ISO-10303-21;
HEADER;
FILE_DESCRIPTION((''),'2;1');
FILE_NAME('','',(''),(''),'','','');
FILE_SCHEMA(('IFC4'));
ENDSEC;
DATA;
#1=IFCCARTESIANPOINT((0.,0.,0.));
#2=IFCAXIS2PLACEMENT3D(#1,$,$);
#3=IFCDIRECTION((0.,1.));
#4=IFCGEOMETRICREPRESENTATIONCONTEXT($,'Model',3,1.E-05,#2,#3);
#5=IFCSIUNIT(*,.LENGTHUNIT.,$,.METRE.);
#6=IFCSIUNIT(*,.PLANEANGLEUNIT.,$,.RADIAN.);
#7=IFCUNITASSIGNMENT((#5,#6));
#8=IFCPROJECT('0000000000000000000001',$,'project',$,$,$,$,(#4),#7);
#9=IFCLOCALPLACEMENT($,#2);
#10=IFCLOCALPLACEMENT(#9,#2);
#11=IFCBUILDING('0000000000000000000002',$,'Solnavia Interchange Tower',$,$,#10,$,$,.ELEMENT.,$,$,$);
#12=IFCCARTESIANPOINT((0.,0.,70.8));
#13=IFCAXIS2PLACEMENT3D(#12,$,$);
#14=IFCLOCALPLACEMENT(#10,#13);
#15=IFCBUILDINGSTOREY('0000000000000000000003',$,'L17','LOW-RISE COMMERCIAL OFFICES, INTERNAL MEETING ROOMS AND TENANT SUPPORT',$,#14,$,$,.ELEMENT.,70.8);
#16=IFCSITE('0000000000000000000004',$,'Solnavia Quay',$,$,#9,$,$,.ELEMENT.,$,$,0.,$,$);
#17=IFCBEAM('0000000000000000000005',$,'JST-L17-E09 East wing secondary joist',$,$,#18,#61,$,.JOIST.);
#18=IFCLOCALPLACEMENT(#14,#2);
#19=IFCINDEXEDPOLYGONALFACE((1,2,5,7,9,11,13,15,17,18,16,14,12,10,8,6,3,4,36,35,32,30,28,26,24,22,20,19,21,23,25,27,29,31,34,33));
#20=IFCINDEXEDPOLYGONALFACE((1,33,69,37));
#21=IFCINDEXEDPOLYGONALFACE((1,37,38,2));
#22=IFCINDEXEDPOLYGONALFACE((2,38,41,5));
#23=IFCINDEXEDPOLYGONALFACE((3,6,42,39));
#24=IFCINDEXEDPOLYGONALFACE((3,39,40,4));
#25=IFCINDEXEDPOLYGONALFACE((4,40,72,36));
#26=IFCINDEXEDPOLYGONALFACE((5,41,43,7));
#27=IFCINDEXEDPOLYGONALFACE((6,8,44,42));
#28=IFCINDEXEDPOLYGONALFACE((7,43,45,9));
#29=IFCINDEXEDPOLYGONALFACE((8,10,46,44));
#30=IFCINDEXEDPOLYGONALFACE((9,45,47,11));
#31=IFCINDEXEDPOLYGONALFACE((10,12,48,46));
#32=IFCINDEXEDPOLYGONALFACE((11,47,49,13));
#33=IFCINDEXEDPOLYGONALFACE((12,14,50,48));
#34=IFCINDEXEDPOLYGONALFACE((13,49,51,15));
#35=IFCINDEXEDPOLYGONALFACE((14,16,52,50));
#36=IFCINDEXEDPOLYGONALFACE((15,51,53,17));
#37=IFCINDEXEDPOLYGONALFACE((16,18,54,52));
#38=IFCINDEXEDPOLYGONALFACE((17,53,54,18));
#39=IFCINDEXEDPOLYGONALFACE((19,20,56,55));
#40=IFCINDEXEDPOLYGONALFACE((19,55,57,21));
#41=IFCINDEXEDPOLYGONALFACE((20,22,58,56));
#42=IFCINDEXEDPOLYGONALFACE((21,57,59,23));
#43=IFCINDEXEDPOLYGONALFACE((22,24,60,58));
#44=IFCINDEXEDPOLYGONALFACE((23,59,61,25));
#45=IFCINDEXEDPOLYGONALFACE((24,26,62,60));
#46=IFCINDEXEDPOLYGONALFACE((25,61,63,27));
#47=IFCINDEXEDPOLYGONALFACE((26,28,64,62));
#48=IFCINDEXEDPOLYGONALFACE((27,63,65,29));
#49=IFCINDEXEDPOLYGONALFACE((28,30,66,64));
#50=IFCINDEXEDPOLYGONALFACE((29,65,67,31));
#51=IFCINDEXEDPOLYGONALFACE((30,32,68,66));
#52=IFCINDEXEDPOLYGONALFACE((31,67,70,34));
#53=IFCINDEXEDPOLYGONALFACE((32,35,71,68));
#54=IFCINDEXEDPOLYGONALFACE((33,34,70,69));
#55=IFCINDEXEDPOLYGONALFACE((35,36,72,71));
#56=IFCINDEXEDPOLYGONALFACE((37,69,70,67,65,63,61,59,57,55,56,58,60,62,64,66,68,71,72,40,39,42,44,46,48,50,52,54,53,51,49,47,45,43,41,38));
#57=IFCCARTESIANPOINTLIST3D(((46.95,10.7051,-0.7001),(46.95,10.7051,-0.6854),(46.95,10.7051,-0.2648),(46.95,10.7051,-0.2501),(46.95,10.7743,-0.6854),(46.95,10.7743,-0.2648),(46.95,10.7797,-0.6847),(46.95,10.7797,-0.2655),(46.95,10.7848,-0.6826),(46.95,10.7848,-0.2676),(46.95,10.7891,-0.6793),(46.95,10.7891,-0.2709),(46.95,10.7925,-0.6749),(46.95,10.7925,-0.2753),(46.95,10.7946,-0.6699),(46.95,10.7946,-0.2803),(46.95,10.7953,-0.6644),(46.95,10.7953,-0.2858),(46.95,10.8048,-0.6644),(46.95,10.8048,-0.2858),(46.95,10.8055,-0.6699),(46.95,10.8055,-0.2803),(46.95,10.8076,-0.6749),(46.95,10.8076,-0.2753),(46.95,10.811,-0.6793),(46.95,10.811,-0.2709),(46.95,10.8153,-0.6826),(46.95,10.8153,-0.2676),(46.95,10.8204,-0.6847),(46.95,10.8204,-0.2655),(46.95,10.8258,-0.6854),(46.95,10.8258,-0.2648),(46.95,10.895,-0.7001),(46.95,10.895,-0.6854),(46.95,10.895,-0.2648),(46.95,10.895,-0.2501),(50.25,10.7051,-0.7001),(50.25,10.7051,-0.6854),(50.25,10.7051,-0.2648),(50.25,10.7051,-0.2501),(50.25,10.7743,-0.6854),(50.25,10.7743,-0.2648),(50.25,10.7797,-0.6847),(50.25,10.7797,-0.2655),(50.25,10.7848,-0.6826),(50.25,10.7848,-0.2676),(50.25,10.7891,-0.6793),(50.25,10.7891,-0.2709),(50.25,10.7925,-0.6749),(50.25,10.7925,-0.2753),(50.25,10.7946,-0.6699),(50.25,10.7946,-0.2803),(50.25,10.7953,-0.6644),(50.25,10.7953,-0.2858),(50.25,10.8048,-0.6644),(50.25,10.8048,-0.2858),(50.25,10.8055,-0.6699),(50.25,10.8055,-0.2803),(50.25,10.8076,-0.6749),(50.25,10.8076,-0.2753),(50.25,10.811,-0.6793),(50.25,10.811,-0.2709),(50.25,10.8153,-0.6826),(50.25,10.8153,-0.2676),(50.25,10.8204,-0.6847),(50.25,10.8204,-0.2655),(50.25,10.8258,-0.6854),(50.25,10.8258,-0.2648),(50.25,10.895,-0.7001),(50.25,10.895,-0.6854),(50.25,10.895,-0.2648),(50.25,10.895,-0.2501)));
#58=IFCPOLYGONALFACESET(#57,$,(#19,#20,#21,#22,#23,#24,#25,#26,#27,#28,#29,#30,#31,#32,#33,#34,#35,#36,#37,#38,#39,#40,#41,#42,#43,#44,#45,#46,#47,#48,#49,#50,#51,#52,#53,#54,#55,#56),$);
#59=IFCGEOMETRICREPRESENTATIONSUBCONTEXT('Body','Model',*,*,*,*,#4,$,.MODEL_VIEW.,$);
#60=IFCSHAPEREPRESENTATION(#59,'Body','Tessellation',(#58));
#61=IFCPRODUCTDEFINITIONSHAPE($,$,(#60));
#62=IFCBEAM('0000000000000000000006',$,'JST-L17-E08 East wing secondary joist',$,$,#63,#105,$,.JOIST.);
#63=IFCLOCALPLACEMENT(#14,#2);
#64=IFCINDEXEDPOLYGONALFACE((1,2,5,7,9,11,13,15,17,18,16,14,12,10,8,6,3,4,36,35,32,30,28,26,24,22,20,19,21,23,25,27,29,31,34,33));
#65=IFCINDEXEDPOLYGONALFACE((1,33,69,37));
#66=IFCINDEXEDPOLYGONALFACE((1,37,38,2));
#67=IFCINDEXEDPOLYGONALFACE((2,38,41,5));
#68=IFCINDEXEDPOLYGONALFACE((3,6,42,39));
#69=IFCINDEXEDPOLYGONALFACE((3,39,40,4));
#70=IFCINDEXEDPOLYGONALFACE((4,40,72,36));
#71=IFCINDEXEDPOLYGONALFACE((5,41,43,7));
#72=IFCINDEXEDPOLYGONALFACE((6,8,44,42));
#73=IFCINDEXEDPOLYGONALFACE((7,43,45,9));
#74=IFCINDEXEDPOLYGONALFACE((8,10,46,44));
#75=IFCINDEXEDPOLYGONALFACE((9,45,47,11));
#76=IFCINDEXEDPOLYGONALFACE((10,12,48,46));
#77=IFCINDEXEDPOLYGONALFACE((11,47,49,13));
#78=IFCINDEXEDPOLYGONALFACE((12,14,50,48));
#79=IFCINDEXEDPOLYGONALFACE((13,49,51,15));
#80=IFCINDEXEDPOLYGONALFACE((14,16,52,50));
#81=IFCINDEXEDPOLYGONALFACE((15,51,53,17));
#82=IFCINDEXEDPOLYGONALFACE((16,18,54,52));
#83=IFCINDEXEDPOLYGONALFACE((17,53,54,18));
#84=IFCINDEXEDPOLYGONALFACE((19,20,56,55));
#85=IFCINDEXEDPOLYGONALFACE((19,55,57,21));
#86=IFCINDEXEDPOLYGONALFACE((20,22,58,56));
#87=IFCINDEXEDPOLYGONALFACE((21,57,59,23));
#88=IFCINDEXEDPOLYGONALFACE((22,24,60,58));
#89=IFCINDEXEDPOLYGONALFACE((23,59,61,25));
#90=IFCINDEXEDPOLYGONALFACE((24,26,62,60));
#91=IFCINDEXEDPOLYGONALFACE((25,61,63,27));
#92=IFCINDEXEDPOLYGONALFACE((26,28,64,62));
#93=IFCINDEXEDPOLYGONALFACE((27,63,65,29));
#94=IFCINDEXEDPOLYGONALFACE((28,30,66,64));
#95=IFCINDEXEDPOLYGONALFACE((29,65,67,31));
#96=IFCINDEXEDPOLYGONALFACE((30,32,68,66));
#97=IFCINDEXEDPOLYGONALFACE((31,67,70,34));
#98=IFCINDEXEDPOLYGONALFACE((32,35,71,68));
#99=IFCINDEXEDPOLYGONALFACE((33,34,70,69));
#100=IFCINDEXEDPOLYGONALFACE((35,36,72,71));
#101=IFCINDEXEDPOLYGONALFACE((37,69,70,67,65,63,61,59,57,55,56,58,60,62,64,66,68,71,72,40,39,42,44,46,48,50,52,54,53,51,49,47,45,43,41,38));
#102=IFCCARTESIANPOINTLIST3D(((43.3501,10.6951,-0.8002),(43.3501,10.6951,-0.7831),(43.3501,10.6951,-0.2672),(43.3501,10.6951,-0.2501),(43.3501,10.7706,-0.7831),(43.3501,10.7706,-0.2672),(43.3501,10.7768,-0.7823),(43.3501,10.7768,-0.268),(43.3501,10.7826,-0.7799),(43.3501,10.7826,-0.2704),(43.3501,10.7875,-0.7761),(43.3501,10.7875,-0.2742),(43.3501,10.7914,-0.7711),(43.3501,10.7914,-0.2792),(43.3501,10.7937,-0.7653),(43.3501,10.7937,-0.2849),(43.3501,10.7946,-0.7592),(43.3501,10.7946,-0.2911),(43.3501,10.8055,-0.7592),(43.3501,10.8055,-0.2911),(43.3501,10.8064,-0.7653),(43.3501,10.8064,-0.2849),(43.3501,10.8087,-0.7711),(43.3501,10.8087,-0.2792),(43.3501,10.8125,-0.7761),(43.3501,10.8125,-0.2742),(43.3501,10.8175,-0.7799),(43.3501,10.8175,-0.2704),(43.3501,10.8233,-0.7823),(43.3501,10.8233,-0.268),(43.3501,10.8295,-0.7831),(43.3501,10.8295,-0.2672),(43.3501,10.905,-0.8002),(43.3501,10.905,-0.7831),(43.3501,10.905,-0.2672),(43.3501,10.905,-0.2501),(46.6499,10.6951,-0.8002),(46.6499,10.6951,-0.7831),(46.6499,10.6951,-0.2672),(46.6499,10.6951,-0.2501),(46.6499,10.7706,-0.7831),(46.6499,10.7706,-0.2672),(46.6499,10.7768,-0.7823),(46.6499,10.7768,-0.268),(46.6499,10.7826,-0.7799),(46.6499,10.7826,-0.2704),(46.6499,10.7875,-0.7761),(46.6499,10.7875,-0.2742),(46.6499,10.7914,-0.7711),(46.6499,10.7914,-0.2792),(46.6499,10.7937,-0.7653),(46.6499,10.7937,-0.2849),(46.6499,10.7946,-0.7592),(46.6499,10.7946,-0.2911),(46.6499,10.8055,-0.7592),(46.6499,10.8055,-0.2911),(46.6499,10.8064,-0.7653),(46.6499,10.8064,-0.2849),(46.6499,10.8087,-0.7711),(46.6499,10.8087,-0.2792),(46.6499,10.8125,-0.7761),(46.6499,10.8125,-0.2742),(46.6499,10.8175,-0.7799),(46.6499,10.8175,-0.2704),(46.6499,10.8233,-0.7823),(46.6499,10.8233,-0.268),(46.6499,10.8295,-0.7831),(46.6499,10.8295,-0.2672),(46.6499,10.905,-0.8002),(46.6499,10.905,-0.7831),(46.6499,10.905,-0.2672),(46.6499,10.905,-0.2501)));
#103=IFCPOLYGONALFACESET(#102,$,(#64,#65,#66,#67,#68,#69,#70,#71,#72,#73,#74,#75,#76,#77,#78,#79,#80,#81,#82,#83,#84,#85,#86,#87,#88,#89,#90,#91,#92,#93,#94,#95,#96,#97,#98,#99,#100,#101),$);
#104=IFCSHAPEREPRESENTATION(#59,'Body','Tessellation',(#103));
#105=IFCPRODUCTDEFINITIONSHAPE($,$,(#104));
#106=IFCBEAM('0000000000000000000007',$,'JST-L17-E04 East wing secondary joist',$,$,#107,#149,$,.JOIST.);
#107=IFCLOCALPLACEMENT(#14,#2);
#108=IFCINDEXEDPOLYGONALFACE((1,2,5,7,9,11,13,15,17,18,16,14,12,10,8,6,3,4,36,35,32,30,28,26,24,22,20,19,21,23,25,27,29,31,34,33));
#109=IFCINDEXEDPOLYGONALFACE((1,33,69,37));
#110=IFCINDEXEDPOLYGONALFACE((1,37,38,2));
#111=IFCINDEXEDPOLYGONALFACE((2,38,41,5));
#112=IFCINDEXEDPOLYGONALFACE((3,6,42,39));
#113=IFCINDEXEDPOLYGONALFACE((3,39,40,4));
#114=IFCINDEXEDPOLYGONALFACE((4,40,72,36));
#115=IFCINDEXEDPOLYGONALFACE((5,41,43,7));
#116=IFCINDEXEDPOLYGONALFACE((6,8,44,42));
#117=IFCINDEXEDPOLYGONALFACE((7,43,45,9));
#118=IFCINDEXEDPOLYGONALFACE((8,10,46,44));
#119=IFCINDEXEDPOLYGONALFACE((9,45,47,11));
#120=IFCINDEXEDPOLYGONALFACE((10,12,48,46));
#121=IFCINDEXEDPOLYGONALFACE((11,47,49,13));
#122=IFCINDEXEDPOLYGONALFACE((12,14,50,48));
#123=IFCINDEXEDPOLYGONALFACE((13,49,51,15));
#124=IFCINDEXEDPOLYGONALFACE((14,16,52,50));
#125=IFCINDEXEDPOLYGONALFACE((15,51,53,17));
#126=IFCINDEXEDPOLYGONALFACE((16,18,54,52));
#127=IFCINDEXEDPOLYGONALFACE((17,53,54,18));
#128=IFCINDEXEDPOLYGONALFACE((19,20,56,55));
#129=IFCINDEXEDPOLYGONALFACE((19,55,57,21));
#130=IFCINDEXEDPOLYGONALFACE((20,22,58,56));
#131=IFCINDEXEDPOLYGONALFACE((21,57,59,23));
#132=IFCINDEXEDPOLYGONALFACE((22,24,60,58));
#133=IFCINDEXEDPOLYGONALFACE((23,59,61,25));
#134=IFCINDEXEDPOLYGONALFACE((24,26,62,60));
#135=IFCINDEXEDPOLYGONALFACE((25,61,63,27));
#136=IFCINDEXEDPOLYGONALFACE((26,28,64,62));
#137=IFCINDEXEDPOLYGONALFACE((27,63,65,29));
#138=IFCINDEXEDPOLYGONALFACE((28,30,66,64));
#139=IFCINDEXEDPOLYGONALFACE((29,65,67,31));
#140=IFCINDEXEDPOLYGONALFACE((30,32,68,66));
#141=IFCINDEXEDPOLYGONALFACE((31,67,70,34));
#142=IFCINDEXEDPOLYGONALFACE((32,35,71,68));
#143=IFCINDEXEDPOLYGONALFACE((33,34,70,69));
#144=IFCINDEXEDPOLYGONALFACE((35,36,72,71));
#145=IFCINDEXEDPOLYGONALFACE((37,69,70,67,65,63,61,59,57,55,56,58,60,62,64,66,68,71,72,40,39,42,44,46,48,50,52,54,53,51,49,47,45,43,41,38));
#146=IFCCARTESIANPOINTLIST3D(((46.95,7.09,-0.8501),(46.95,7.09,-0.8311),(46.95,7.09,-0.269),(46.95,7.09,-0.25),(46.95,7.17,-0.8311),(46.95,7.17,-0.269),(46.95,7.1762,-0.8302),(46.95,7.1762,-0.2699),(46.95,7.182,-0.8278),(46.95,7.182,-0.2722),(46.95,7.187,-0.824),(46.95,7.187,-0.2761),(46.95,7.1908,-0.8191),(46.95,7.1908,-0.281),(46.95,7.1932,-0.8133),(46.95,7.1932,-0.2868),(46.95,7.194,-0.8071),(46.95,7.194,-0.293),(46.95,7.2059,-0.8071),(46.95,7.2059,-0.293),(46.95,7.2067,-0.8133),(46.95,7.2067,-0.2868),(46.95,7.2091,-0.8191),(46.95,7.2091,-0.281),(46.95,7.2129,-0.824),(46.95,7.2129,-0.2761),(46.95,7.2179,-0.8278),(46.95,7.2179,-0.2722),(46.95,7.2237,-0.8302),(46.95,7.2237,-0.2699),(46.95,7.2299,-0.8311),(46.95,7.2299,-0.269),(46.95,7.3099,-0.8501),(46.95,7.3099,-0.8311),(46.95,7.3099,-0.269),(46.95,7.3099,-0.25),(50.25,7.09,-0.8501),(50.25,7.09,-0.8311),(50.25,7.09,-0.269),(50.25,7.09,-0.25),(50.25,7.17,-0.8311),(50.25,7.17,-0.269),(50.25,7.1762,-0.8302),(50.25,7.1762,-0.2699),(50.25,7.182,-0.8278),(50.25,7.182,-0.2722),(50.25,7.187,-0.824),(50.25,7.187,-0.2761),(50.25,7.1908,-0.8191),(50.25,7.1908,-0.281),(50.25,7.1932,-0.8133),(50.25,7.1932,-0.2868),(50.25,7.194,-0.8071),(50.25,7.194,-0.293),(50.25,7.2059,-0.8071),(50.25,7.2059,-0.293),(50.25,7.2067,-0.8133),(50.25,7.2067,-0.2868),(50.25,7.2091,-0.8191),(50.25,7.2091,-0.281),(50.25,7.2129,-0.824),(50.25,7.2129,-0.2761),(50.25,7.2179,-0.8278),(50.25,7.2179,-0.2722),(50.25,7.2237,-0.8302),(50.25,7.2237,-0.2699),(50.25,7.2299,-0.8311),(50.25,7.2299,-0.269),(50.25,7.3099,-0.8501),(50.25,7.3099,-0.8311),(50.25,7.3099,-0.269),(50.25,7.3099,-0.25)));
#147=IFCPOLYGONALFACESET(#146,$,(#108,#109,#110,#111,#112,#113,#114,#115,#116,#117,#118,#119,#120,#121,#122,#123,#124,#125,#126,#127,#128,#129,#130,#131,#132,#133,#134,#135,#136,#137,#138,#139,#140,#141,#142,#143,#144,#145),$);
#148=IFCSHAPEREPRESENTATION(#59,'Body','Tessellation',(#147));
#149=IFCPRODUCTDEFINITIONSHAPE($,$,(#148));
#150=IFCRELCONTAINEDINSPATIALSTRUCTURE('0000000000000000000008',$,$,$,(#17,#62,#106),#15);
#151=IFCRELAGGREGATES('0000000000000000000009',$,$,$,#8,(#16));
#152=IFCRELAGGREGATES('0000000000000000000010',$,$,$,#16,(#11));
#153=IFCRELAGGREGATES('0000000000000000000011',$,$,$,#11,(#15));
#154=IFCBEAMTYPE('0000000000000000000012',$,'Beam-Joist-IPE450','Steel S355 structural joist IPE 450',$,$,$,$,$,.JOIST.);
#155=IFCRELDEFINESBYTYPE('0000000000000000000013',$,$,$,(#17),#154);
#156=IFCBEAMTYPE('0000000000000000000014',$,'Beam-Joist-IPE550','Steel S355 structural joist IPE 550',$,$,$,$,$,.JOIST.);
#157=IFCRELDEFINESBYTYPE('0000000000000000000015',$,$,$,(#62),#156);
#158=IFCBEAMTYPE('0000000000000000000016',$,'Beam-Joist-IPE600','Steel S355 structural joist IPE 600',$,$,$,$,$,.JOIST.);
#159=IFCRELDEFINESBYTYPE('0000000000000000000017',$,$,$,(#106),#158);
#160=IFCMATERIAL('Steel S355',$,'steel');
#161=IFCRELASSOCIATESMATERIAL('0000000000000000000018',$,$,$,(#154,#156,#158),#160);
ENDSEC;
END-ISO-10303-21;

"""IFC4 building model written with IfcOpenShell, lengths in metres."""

from ifc_helpers import new_model, si_unit, direction, frame, origin, origin_2d, place, context, subcontext, project, spatial, i_section, extrude, material, material_profile, profile_set, type_object, element, save


model = new_model("IFC4")

# Units and contexts
model_context = context("Model", 3, precision=1e-05, world=origin(), true_north=direction((0.0, 1.0)))
body_context = subcontext(model_context, "Body", "Model", "MODEL_VIEW")
ifc_project = project(units=[si_unit("LENGTHUNIT", "METRE"), si_unit("PLANEANGLEUNIT", "RADIAN")], contexts=[model_context])

# Site, building, storey
site_placement = place(None, origin())
site = spatial("IfcSite", under=ifc_project, at=site_placement, Name="Solnavia Quay", CompositionType="ELEMENT", RefElevation=0.0)
building_placement = place(site_placement, origin())
building = spatial("IfcBuilding", under=site, at=building_placement, Name="Solnavia Interchange Tower", CompositionType="ELEMENT")
storey_placement = place(building_placement, frame((0.0, 0.0, 70.8)))
storey = spatial("IfcBuildingStorey", under=building, at=storey_placement, Name="L17", Description="LOW-RISE COMMERCIAL OFFICES, INTERNAL MEETING ROOMS AND TENANT SUPPORT", CompositionType="ELEMENT", Elevation=70.8)

# Shared definitions
ifc_material_1 = material(Name="Steel S355", Category="steel")

# Beams
ifc_material_profile_1 = material_profile(ifc_material_1, i_section(OverallWidth=0.1899, OverallDepth=0.45, WebThickness=0.0095, FlangeThickness=0.0146, FilletRadius=0.021, at=origin_2d()), Name="IPE 450")
ifc_profile_set_1 = profile_set([ifc_material_profile_1], Name="Steel S355")
beam_type_1 = type_object("IfcBeamType", Name="Beam-Joist-IPE450", Description="Steel S355 structural joist IPE 450", PredefinedType="JOIST", material=ifc_profile_set_1)
beam_1_placement = place(storey_placement, frame((46.95, 10.8, -0.4751), z_axis=(1.0, 0.0, 0.0), x_axis=(0.0, 1.0, 0.0)))
element("IfcBeam", 1, at=beam_1_placement, inside=storey, type_object=beam_type_1, Name="JST-L17-E09 East wing secondary joist", PredefinedType="JOIST", context=body_context, shape_type="SweptSolid", body=[
    extrude(i_section(OverallWidth=0.1899, OverallDepth=0.45, WebThickness=0.0095, FlangeThickness=0.0146, FilletRadius=0.021, at=origin_2d()), origin(), (0.0, 0.0, 1.0), 3.3),
])
ifc_material_profile_2 = material_profile(ifc_material_1, i_section(OverallWidth=0.21, OverallDepth=0.55, WebThickness=0.011, FlangeThickness=0.0171, FilletRadius=0.0239, at=origin_2d()), Name="IPE 550")
ifc_profile_set_2 = profile_set([ifc_material_profile_2], Name="Steel S355")
beam_type_2 = type_object("IfcBeamType", Name="Beam-Joist-IPE550", Description="Steel S355 structural joist IPE 550", PredefinedType="JOIST", material=ifc_profile_set_2)
beam_2_placement = place(storey_placement, frame((43.3501, 10.8, -0.5251), z_axis=(1.0, 0.0, 0.0), x_axis=(0.0, 1.0, 0.0)))
element("IfcBeam", 2, at=beam_2_placement, inside=storey, type_object=beam_type_2, Name="JST-L17-E08 East wing secondary joist", PredefinedType="JOIST", context=body_context, shape_type="SweptSolid", body=[
    extrude(i_section(OverallWidth=0.21, OverallDepth=0.55, WebThickness=0.011, FlangeThickness=0.0171, FilletRadius=0.0239, at=origin_2d()), origin(), (0.0, 0.0, 1.0), 3.2998),
])
ifc_material_profile_3 = material_profile(ifc_material_1, i_section(OverallWidth=0.22, OverallDepth=0.6001, WebThickness=0.012, FlangeThickness=0.019, FilletRadius=0.0239, at=origin_2d()), Name="IPE 600")
ifc_profile_set_3 = profile_set([ifc_material_profile_3], Name="Steel S355")
beam_type_3 = type_object("IfcBeamType", Name="Beam-Joist-IPE600", Description="Steel S355 structural joist IPE 600", PredefinedType="JOIST", material=ifc_profile_set_3)
beam_3_placement = place(storey_placement, frame((46.95, 7.2, -0.55), z_axis=(1.0, 0.0, 0.0), x_axis=(0.0, 1.0, 0.0)))
element("IfcBeam", 3, at=beam_3_placement, inside=storey, type_object=beam_type_3, Name="JST-L17-E04 East wing secondary joist", PredefinedType="JOIST", context=body_context, shape_type="SweptSolid", body=[
    extrude(i_section(OverallWidth=0.22, OverallDepth=0.6001, WebThickness=0.012, FlangeThickness=0.019, FilletRadius=0.0239, at=origin_2d()), origin(), (0.0, 0.0, 1.0), 3.3),
])

save(model, "model.ifc")
